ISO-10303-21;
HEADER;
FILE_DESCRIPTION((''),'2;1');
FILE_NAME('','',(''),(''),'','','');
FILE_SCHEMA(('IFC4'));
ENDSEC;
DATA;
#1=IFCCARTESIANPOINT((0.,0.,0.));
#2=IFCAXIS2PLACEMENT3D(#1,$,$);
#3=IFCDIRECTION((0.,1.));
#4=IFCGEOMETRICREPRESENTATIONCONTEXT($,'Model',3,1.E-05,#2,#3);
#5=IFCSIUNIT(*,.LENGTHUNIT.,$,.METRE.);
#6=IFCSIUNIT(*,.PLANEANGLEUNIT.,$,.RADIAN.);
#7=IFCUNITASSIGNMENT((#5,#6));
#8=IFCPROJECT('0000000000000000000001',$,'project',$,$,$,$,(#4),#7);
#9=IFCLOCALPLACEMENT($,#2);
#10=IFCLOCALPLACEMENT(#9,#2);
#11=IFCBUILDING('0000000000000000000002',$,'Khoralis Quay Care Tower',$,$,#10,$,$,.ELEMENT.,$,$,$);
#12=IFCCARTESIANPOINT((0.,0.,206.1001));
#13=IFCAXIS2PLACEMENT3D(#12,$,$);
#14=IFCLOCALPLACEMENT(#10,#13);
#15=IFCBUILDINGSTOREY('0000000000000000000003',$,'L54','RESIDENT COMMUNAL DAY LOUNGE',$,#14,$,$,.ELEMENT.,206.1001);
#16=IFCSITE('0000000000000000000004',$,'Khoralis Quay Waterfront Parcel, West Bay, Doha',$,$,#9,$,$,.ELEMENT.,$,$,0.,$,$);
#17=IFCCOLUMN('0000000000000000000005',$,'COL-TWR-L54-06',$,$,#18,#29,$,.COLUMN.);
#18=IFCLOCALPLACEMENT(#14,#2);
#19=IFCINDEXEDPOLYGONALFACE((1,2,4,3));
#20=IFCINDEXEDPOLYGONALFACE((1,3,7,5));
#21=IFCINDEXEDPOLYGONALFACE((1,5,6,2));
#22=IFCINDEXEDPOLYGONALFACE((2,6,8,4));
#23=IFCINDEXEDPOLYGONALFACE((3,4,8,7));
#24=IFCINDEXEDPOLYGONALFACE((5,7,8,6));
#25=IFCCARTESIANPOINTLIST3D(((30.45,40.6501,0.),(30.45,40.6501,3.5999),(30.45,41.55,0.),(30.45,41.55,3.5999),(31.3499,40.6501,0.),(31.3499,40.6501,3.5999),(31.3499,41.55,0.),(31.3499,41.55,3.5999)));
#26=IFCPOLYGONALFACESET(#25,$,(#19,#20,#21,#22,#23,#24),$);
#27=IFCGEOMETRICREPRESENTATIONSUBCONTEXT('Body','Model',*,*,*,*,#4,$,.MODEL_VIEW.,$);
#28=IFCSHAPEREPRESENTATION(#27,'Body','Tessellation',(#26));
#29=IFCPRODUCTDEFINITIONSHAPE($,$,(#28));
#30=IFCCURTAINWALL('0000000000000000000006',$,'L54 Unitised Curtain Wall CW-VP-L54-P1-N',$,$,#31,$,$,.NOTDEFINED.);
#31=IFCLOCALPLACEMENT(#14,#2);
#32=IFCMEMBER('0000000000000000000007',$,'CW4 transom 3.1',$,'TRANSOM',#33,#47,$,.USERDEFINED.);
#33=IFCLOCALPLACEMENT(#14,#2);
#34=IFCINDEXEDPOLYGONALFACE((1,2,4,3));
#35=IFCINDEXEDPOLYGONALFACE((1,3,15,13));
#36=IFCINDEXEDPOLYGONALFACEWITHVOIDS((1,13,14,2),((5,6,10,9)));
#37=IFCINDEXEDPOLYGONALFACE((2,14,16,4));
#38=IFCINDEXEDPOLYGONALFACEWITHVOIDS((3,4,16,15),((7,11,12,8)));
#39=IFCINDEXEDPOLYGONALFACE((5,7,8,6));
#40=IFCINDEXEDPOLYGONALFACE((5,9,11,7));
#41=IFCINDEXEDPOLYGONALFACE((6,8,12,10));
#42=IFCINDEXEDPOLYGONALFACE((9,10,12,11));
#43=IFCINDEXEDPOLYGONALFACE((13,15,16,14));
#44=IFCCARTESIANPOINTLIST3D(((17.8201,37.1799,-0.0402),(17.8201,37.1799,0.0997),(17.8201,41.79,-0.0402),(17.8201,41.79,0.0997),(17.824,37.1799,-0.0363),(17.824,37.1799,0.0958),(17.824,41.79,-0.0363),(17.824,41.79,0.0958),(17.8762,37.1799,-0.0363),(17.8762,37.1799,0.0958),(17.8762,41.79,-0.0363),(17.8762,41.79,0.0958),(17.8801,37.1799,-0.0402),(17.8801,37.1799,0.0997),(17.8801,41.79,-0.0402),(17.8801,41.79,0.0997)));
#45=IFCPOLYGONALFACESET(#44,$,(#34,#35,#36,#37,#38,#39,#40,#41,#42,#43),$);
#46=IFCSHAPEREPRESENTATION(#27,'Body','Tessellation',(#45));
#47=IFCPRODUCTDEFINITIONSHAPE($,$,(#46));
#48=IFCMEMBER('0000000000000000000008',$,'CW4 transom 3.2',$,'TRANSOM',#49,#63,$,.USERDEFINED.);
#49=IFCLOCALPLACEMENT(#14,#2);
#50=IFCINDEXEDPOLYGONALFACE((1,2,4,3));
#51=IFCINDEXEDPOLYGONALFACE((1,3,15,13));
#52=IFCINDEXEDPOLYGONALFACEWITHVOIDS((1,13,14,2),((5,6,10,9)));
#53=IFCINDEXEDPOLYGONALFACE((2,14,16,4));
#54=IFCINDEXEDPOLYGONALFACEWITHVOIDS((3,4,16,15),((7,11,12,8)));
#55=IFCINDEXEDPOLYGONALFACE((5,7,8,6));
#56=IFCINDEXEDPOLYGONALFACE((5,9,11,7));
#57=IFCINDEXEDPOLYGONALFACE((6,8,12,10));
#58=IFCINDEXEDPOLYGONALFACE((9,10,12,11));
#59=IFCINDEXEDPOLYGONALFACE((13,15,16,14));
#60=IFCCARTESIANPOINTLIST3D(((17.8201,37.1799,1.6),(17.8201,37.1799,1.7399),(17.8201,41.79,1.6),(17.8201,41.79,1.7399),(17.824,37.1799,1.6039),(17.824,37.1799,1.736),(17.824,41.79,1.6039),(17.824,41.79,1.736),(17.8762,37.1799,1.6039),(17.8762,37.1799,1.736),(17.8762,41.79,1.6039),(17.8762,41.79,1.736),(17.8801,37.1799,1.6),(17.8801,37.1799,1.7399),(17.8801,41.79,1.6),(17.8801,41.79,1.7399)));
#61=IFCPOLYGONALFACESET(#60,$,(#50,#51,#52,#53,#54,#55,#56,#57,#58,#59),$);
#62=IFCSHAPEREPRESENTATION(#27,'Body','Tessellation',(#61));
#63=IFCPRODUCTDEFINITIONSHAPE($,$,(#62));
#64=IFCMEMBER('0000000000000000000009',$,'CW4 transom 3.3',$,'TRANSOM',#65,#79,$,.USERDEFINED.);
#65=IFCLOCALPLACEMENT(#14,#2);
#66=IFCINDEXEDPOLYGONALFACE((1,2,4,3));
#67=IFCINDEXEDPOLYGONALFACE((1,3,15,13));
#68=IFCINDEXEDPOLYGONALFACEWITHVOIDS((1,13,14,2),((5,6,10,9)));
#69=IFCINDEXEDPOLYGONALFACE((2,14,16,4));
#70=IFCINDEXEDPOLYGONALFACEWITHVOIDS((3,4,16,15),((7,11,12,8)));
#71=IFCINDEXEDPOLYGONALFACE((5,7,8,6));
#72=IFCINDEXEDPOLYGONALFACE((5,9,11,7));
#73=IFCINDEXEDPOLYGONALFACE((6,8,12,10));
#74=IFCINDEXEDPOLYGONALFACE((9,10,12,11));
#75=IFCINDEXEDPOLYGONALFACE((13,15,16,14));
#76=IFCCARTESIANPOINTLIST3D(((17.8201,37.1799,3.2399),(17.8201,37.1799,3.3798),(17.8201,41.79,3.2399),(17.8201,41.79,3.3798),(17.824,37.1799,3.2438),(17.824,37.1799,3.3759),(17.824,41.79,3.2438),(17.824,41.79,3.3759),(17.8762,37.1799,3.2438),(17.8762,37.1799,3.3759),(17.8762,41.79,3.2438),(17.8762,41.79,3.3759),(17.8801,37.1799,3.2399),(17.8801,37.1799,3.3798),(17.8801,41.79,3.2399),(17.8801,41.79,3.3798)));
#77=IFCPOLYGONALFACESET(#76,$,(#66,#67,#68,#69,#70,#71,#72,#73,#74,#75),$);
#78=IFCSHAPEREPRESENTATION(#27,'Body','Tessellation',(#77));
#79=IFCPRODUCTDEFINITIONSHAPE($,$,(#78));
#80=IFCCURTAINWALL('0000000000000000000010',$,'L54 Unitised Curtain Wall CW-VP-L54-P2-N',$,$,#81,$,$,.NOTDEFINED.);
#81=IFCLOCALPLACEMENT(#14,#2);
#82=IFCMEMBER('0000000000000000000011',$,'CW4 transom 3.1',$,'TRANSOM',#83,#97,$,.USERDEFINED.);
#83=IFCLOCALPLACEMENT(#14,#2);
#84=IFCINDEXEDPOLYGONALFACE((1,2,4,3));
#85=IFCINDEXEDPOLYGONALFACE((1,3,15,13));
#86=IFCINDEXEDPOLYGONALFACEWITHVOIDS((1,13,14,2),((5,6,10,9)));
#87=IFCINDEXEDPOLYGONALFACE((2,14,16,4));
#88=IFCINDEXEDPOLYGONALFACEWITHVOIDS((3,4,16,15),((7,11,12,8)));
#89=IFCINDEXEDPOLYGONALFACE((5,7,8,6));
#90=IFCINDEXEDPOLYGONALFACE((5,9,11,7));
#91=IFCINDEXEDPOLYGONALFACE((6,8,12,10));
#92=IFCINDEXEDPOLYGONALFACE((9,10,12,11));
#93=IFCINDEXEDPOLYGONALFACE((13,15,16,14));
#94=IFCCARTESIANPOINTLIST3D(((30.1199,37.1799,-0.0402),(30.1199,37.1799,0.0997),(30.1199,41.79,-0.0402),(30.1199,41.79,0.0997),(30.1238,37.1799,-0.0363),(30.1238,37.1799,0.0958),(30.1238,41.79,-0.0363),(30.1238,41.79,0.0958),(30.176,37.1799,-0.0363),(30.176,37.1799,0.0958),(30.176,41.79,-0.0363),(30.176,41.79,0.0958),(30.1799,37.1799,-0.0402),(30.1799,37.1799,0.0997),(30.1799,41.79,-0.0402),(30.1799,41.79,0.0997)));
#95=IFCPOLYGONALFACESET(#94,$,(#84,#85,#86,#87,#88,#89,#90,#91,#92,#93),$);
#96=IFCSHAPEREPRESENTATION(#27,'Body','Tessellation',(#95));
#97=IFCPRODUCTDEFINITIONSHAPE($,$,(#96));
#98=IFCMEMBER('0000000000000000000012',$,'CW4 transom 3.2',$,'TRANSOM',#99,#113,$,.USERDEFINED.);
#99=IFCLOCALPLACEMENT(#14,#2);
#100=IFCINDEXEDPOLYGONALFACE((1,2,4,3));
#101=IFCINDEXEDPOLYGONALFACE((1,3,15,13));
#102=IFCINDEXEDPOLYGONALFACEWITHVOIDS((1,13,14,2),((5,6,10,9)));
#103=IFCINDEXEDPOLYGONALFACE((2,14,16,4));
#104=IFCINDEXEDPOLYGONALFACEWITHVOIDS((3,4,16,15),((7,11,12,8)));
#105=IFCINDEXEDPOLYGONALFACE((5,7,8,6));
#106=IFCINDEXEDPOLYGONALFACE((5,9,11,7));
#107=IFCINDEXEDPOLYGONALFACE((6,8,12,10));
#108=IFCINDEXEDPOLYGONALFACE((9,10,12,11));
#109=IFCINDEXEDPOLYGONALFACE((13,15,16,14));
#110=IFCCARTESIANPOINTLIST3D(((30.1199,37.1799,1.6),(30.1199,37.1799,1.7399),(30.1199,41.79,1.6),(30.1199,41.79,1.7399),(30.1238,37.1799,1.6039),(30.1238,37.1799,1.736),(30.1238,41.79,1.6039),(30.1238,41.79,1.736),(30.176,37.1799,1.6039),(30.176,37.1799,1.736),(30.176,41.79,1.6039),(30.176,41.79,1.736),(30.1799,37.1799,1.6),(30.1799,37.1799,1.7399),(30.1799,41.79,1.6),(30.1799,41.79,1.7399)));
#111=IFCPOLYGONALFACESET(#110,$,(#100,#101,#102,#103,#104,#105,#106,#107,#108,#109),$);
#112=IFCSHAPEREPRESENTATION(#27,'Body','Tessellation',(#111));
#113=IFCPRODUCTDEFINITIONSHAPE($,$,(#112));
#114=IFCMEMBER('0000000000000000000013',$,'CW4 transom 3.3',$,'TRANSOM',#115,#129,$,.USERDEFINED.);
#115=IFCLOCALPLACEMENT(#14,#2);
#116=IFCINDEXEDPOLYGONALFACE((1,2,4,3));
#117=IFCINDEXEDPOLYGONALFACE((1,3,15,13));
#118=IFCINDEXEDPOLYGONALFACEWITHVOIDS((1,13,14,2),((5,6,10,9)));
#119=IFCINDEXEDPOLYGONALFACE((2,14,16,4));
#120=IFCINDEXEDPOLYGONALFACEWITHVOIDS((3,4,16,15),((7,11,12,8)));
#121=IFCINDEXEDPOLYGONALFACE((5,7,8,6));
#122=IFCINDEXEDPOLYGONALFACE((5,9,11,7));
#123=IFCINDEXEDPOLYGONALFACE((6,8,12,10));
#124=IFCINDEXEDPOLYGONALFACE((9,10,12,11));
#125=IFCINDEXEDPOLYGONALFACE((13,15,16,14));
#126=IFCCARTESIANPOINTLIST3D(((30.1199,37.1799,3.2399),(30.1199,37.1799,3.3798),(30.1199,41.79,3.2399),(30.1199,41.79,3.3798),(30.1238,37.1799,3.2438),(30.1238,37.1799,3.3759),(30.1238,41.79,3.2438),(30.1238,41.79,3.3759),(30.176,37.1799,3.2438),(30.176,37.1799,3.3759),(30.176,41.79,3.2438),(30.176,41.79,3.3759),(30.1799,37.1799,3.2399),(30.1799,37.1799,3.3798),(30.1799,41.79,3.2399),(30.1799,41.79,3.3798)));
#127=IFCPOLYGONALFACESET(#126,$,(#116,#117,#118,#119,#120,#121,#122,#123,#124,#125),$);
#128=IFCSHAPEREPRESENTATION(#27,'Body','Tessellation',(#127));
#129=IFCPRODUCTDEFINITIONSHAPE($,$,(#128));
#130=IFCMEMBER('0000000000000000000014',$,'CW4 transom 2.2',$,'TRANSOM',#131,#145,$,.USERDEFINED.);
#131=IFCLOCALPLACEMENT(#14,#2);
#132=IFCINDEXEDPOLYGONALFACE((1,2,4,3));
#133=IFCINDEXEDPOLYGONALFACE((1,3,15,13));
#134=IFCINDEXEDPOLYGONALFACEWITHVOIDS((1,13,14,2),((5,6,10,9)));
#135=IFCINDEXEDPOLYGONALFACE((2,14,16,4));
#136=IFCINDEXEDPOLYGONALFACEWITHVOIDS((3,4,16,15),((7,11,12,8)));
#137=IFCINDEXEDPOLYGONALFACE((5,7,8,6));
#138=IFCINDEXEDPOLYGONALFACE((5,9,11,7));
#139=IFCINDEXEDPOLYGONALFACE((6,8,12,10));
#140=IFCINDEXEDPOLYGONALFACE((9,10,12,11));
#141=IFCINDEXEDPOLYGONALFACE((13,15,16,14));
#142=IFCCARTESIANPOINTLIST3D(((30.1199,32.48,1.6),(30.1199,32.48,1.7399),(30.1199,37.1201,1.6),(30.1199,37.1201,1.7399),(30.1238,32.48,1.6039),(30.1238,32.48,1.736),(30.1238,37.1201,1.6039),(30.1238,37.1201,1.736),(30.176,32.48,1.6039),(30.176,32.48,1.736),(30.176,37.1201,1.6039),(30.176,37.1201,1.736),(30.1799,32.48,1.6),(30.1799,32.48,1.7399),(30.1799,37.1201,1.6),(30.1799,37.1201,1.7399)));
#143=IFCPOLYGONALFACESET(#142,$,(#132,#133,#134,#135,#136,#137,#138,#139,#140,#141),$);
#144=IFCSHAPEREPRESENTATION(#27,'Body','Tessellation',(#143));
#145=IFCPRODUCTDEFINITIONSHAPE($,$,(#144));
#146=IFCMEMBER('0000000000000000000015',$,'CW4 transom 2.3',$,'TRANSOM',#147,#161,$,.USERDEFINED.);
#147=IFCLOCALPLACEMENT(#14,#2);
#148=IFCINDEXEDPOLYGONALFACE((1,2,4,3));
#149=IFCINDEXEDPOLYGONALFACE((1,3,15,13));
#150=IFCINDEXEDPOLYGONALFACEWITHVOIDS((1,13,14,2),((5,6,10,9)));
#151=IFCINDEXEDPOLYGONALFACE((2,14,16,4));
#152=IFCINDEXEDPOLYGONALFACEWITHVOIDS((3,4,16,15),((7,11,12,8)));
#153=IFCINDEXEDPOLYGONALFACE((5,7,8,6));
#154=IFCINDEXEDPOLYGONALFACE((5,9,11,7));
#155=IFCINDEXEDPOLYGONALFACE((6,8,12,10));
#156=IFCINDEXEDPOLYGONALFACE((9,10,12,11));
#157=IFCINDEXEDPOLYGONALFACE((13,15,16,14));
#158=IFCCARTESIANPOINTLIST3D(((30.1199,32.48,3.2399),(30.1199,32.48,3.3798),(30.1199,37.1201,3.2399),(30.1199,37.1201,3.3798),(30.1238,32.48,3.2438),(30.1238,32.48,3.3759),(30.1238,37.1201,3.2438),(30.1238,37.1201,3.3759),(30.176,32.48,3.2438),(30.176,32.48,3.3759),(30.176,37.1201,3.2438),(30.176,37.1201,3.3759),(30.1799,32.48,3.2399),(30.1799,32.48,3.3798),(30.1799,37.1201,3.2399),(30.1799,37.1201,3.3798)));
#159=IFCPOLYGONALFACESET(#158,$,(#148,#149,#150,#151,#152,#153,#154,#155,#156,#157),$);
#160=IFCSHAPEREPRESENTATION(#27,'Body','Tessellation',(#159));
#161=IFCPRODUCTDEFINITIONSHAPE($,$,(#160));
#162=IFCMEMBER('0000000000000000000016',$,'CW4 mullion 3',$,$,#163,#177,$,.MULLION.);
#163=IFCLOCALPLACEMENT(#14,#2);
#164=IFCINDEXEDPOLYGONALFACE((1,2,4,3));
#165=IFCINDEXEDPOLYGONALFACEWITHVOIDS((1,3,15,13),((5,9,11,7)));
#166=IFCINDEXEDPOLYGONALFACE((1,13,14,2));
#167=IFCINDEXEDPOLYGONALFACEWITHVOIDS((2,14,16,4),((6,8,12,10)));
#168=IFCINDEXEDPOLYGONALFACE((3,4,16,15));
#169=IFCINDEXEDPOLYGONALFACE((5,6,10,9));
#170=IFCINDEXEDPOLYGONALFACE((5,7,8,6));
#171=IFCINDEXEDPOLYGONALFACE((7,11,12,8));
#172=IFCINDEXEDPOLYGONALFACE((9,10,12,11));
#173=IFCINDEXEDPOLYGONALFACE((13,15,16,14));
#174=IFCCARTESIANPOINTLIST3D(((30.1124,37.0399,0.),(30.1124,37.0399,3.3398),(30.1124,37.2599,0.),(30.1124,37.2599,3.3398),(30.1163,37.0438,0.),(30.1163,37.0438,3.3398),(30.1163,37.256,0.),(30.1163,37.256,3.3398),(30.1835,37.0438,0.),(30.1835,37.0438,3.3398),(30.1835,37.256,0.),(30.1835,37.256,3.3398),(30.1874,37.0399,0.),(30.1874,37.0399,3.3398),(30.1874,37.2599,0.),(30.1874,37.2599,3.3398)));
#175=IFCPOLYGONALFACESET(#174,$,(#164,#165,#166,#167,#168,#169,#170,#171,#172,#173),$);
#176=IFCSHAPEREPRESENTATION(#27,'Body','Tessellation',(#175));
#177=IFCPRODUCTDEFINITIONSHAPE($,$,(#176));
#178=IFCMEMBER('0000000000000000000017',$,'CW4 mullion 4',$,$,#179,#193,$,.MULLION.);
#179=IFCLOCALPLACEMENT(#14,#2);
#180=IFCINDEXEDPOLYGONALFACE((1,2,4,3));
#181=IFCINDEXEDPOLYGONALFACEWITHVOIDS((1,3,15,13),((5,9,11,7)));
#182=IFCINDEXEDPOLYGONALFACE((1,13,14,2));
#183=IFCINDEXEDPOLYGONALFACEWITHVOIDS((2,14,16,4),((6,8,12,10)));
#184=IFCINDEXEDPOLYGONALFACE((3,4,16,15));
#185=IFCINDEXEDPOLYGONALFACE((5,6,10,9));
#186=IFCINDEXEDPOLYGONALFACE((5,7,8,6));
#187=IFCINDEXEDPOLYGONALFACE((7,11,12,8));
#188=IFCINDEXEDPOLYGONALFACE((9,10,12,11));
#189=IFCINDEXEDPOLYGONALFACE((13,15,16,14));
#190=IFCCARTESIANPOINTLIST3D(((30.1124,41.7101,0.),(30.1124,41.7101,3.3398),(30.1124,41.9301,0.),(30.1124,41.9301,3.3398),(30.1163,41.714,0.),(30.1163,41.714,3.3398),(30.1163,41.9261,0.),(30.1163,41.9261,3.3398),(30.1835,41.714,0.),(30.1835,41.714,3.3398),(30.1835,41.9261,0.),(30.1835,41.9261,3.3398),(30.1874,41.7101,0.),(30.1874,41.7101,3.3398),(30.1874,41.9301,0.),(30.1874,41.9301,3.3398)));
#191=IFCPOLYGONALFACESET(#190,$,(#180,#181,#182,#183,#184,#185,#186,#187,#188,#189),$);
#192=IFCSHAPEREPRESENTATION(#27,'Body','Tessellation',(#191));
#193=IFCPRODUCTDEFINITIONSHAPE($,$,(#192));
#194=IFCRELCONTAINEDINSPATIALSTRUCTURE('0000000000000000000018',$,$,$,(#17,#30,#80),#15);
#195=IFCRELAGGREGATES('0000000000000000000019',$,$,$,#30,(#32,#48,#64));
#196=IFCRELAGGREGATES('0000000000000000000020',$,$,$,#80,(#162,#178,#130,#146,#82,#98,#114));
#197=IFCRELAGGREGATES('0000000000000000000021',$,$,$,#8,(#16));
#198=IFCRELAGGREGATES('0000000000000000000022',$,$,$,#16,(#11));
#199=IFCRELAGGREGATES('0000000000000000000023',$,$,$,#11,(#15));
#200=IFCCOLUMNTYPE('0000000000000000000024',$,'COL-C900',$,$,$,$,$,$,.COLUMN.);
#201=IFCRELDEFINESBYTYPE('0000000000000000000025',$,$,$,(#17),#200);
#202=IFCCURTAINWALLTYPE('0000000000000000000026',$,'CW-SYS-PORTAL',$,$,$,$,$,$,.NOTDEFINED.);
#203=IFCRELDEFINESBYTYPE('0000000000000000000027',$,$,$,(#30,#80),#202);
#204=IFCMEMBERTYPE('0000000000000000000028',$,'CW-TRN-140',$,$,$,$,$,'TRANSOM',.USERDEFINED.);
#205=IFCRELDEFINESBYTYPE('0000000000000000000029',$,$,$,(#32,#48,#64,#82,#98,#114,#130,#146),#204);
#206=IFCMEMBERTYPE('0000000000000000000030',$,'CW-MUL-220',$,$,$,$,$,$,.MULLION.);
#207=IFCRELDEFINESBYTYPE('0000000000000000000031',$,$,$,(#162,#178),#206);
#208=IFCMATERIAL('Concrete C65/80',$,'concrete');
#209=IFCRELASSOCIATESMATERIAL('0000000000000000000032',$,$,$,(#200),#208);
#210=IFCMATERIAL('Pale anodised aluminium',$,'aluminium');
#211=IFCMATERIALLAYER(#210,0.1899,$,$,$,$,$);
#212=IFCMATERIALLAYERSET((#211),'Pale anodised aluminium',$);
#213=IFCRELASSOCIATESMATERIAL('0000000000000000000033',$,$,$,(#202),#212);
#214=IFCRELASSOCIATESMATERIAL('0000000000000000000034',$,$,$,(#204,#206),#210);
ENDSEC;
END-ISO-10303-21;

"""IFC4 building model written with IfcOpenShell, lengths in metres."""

from ifc_helpers import new_model, si_unit, direction, frame, origin, origin_2d, place, context, subcontext, project, spatial, rectangle, hollow_rectangle, extrude, source, transform, mapped, material, layer, layer_set, material_profile, profile_set, type_object, element, aggregate, save


model = new_model("IFC4")

# Units and contexts
model_context = context("Model", 3, precision=1e-05, world=origin(), true_north=direction((0.0, 1.0)))
body_context = subcontext(model_context, "Body", "Model", "MODEL_VIEW")
ifc_project = project(units=[si_unit("LENGTHUNIT", "METRE"), si_unit("PLANEANGLEUNIT", "RADIAN")], contexts=[model_context])

# Site, building, storey
site_placement = place(None, origin())
site = spatial("IfcSite", under=ifc_project, at=site_placement, Name="Khoralis Quay Waterfront Parcel, West Bay, Doha", CompositionType="ELEMENT", RefElevation=0.0)
building_placement = place(site_placement, origin())
building = spatial("IfcBuilding", under=site, at=building_placement, Name="Khoralis Quay Care Tower", CompositionType="ELEMENT")
storey_placement = place(building_placement, frame((0.0, 0.0, 206.1001)))
storey = spatial("IfcBuildingStorey", under=building, at=storey_placement, Name="L54", Description="RESIDENT COMMUNAL DAY LOUNGE", CompositionType="ELEMENT", Elevation=206.1001)

# Column
ifc_material_1 = material(Name="Concrete C65/80", Category="concrete")
ifc_material_profile_1 = material_profile(ifc_material_1, rectangle(XDim=0.8999, YDim=0.8999, at=origin_2d()), Name="Concrete C65/80")
ifc_profile_set_1 = profile_set([ifc_material_profile_1], Name="Concrete C65/80")
column_type = type_object("IfcColumnType", Name="COL-C900", PredefinedType="COLUMN", material=ifc_profile_set_1)
shared_shape_1 = source(origin(), body_context, "Body", "SweptSolid", [
    extrude(rectangle(XDim=0.8999, YDim=0.8999, at=origin_2d()), origin(), (0.0, 0.0, 1.0), 3.5999),
])
column_placement = place(storey_placement, frame((30.8999, 41.1001, 0.0), z_axis=(0.0, 0.0, 1.0), x_axis=(1.0, 0.0, 0.0)))
element("IfcColumn", 1, at=column_placement, inside=storey, type_object=column_type, Name="COL-TWR-L54-06", PredefinedType="COLUMN", context=body_context, shape_type="MappedRepresentation", body=[
    mapped(shared_shape_1, transform((0.0, 0.0, 0.0), scale=1.0)),
])

# Curtain walls, members
ifc_material_2 = material(Name="Pale anodised aluminium", Category="aluminium")
ifc_layer_1 = layer(ifc_material_2, 0.1899)
ifc_layer_set_1 = layer_set([ifc_layer_1], Name="Pale anodised aluminium")
curtain_wall_type = type_object("IfcCurtainWallType", Name="CW-SYS-PORTAL", PredefinedType="NOTDEFINED", material=ifc_layer_set_1)
curtain_wall_1_placement = place(storey_placement, origin())
curtain_wall_1 = element("IfcCurtainWall", 2, at=curtain_wall_1_placement, inside=storey, type_object=curtain_wall_type, Name="L54 Unitised Curtain Wall CW-VP-L54-P1-N", PredefinedType="NOTDEFINED")
ifc_material_profile_2 = material_profile(ifc_material_2, hollow_rectangle(XDim=0.0601, YDim=0.1399, WallThickness=0.0039, at=origin_2d()), Name="Pale anodised aluminium")
ifc_profile_set_2 = profile_set([ifc_material_profile_2], Name="Pale anodised aluminium")
member_type_1 = type_object("IfcMemberType", Name="CW-TRN-140", ElementType="TRANSOM", PredefinedType="USERDEFINED", material=ifc_profile_set_2)
shared_shape_2 = source(origin(), body_context, "Body", "SweptSolid", [
    extrude(hollow_rectangle(XDim=0.0601, YDim=0.1399, WallThickness=0.0039, at=origin_2d()), origin(), (0.0, 0.0, 1.0), 4.6101),
])
member_1_placement = place(storey_placement, frame((17.8501, 37.1799, 0.0298), z_axis=(0.0, 1.0, 0.0), x_axis=(-1.0, 0.0, 0.0)))
member_1 = element("IfcMember", 3, at=member_1_placement, type_object=member_type_1, Name="CW4 transom 3.1", ObjectType="TRANSOM", PredefinedType="USERDEFINED", context=body_context, shape_type="MappedRepresentation", body=[
    mapped(shared_shape_2, transform((0.0, 0.0, 0.0), scale=1.0)),
])
member_2_placement = place(storey_placement, frame((17.8501, 37.1799, 1.6699), z_axis=(0.0, 1.0, 0.0), x_axis=(-1.0, 0.0, 0.0)))
member_2 = element("IfcMember", 4, at=member_2_placement, type_object=member_type_1, Name="CW4 transom 3.2", ObjectType="TRANSOM", PredefinedType="USERDEFINED", context=body_context, shape_type="MappedRepresentation", body=[
    mapped(shared_shape_2, transform((0.0, 0.0, 0.0), scale=1.0)),
])
member_3_placement = place(storey_placement, frame((17.8501, 37.1799, 3.3098), z_axis=(0.0, 1.0, 0.0), x_axis=(-1.0, 0.0, 0.0)))
member_3 = element("IfcMember", 5, at=member_3_placement, type_object=member_type_1, Name="CW4 transom 3.3", ObjectType="TRANSOM", PredefinedType="USERDEFINED", context=body_context, shape_type="MappedRepresentation", body=[
    mapped(shared_shape_2, transform((0.0, 0.0, 0.0), scale=1.0)),
])
curtain_wall_2_placement = place(storey_placement, origin())
curtain_wall_2 = element("IfcCurtainWall", 6, at=curtain_wall_2_placement, inside=storey, type_object=curtain_wall_type, Name="L54 Unitised Curtain Wall CW-VP-L54-P2-N", PredefinedType="NOTDEFINED")
member_4_placement = place(storey_placement, frame((30.1499, 37.1799, 0.0298), z_axis=(0.0, 1.0, 0.0), x_axis=(-1.0, 0.0, 0.0)))
member_4 = element("IfcMember", 7, at=member_4_placement, type_object=member_type_1, Name="CW4 transom 3.1", ObjectType="TRANSOM", PredefinedType="USERDEFINED", context=body_context, shape_type="MappedRepresentation", body=[
    mapped(shared_shape_2, transform((0.0, 0.0, 0.0), scale=1.0)),
])
member_5_placement = place(storey_placement, frame((30.1499, 37.1799, 1.6699), z_axis=(0.0, 1.0, 0.0), x_axis=(-1.0, 0.0, 0.0)))
member_5 = element("IfcMember", 8, at=member_5_placement, type_object=member_type_1, Name="CW4 transom 3.2", ObjectType="TRANSOM", PredefinedType="USERDEFINED", context=body_context, shape_type="MappedRepresentation", body=[
    mapped(shared_shape_2, transform((0.0, 0.0, 0.0), scale=1.0)),
])
member_6_placement = place(storey_placement, frame((30.1499, 37.1799, 3.3098), z_axis=(0.0, 1.0, 0.0), x_axis=(-1.0, 0.0, 0.0)))
member_6 = element("IfcMember", 9, at=member_6_placement, type_object=member_type_1, Name="CW4 transom 3.3", ObjectType="TRANSOM", PredefinedType="USERDEFINED", context=body_context, shape_type="MappedRepresentation", body=[
    mapped(shared_shape_2, transform((0.0, 0.0, 0.0), scale=1.0)),
])
shared_shape_3 = source(origin(), body_context, "Body", "SweptSolid", [
    extrude(hollow_rectangle(XDim=0.0601, YDim=0.1399, WallThickness=0.0039, at=origin_2d()), origin(), (0.0, 0.0, 1.0), 4.6401),
])
member_7_placement = place(storey_placement, frame((30.1499, 32.48, 1.6699), z_axis=(0.0, 1.0, 0.0), x_axis=(-1.0, 0.0, 0.0)))
member_7 = element("IfcMember", 10, at=member_7_placement, type_object=member_type_1, Name="CW4 transom 2.2", ObjectType="TRANSOM", PredefinedType="USERDEFINED", context=body_context, shape_type="MappedRepresentation", body=[
    mapped(shared_shape_3, transform((0.0, 0.0, 0.0), scale=1.0)),
])
member_8_placement = place(storey_placement, frame((30.1499, 32.48, 3.3098), z_axis=(0.0, 1.0, 0.0), x_axis=(-1.0, 0.0, 0.0)))
member_8 = element("IfcMember", 11, at=member_8_placement, type_object=member_type_1, Name="CW4 transom 2.3", ObjectType="TRANSOM", PredefinedType="USERDEFINED", context=body_context, shape_type="MappedRepresentation", body=[
    mapped(shared_shape_3, transform((0.0, 0.0, 0.0), scale=1.0)),
])
ifc_material_profile_3 = material_profile(ifc_material_2, hollow_rectangle(XDim=0.075, YDim=0.22, WallThickness=0.0039, at=origin_2d()), Name="Pale anodised aluminium")
ifc_profile_set_3 = profile_set([ifc_material_profile_3], Name="Pale anodised aluminium")
member_type_2 = type_object("IfcMemberType", Name="CW-MUL-220", PredefinedType="MULLION", material=ifc_profile_set_3)
shared_shape_4 = source(origin(), body_context, "Body", "SweptSolid", [
    extrude(hollow_rectangle(XDim=0.075, YDim=0.22, WallThickness=0.0039, at=origin_2d()), origin(), (0.0, 0.0, 1.0), 3.3398),
])
member_9_placement = place(storey_placement, frame((30.1499, 37.1499, 0.0), z_axis=(0.0, 0.0, 1.0), x_axis=(-1.0, 0.0, 0.0)))
member_9 = element("IfcMember", 12, at=member_9_placement, type_object=member_type_2, Name="CW4 mullion 3", PredefinedType="MULLION", context=body_context, shape_type="MappedRepresentation", body=[
    mapped(shared_shape_4, transform((0.0, 0.0, 0.0), scale=1.0)),
])
member_10_placement = place(storey_placement, frame((30.1499, 41.8201, 0.0), z_axis=(0.0, 0.0, 1.0), x_axis=(-1.0, 0.0, 0.0)))
member_10 = element("IfcMember", 13, at=member_10_placement, type_object=member_type_2, Name="CW4 mullion 4", PredefinedType="MULLION", context=body_context, shape_type="MappedRepresentation", body=[
    mapped(shared_shape_4, transform((0.0, 0.0, 0.0), scale=1.0)),
])

aggregate(curtain_wall_1, [member_1, member_2, member_3])
aggregate(curtain_wall_2, [member_9, member_10, member_7, member_8, member_4, member_5, member_6])

save(model, "model.ifc")
